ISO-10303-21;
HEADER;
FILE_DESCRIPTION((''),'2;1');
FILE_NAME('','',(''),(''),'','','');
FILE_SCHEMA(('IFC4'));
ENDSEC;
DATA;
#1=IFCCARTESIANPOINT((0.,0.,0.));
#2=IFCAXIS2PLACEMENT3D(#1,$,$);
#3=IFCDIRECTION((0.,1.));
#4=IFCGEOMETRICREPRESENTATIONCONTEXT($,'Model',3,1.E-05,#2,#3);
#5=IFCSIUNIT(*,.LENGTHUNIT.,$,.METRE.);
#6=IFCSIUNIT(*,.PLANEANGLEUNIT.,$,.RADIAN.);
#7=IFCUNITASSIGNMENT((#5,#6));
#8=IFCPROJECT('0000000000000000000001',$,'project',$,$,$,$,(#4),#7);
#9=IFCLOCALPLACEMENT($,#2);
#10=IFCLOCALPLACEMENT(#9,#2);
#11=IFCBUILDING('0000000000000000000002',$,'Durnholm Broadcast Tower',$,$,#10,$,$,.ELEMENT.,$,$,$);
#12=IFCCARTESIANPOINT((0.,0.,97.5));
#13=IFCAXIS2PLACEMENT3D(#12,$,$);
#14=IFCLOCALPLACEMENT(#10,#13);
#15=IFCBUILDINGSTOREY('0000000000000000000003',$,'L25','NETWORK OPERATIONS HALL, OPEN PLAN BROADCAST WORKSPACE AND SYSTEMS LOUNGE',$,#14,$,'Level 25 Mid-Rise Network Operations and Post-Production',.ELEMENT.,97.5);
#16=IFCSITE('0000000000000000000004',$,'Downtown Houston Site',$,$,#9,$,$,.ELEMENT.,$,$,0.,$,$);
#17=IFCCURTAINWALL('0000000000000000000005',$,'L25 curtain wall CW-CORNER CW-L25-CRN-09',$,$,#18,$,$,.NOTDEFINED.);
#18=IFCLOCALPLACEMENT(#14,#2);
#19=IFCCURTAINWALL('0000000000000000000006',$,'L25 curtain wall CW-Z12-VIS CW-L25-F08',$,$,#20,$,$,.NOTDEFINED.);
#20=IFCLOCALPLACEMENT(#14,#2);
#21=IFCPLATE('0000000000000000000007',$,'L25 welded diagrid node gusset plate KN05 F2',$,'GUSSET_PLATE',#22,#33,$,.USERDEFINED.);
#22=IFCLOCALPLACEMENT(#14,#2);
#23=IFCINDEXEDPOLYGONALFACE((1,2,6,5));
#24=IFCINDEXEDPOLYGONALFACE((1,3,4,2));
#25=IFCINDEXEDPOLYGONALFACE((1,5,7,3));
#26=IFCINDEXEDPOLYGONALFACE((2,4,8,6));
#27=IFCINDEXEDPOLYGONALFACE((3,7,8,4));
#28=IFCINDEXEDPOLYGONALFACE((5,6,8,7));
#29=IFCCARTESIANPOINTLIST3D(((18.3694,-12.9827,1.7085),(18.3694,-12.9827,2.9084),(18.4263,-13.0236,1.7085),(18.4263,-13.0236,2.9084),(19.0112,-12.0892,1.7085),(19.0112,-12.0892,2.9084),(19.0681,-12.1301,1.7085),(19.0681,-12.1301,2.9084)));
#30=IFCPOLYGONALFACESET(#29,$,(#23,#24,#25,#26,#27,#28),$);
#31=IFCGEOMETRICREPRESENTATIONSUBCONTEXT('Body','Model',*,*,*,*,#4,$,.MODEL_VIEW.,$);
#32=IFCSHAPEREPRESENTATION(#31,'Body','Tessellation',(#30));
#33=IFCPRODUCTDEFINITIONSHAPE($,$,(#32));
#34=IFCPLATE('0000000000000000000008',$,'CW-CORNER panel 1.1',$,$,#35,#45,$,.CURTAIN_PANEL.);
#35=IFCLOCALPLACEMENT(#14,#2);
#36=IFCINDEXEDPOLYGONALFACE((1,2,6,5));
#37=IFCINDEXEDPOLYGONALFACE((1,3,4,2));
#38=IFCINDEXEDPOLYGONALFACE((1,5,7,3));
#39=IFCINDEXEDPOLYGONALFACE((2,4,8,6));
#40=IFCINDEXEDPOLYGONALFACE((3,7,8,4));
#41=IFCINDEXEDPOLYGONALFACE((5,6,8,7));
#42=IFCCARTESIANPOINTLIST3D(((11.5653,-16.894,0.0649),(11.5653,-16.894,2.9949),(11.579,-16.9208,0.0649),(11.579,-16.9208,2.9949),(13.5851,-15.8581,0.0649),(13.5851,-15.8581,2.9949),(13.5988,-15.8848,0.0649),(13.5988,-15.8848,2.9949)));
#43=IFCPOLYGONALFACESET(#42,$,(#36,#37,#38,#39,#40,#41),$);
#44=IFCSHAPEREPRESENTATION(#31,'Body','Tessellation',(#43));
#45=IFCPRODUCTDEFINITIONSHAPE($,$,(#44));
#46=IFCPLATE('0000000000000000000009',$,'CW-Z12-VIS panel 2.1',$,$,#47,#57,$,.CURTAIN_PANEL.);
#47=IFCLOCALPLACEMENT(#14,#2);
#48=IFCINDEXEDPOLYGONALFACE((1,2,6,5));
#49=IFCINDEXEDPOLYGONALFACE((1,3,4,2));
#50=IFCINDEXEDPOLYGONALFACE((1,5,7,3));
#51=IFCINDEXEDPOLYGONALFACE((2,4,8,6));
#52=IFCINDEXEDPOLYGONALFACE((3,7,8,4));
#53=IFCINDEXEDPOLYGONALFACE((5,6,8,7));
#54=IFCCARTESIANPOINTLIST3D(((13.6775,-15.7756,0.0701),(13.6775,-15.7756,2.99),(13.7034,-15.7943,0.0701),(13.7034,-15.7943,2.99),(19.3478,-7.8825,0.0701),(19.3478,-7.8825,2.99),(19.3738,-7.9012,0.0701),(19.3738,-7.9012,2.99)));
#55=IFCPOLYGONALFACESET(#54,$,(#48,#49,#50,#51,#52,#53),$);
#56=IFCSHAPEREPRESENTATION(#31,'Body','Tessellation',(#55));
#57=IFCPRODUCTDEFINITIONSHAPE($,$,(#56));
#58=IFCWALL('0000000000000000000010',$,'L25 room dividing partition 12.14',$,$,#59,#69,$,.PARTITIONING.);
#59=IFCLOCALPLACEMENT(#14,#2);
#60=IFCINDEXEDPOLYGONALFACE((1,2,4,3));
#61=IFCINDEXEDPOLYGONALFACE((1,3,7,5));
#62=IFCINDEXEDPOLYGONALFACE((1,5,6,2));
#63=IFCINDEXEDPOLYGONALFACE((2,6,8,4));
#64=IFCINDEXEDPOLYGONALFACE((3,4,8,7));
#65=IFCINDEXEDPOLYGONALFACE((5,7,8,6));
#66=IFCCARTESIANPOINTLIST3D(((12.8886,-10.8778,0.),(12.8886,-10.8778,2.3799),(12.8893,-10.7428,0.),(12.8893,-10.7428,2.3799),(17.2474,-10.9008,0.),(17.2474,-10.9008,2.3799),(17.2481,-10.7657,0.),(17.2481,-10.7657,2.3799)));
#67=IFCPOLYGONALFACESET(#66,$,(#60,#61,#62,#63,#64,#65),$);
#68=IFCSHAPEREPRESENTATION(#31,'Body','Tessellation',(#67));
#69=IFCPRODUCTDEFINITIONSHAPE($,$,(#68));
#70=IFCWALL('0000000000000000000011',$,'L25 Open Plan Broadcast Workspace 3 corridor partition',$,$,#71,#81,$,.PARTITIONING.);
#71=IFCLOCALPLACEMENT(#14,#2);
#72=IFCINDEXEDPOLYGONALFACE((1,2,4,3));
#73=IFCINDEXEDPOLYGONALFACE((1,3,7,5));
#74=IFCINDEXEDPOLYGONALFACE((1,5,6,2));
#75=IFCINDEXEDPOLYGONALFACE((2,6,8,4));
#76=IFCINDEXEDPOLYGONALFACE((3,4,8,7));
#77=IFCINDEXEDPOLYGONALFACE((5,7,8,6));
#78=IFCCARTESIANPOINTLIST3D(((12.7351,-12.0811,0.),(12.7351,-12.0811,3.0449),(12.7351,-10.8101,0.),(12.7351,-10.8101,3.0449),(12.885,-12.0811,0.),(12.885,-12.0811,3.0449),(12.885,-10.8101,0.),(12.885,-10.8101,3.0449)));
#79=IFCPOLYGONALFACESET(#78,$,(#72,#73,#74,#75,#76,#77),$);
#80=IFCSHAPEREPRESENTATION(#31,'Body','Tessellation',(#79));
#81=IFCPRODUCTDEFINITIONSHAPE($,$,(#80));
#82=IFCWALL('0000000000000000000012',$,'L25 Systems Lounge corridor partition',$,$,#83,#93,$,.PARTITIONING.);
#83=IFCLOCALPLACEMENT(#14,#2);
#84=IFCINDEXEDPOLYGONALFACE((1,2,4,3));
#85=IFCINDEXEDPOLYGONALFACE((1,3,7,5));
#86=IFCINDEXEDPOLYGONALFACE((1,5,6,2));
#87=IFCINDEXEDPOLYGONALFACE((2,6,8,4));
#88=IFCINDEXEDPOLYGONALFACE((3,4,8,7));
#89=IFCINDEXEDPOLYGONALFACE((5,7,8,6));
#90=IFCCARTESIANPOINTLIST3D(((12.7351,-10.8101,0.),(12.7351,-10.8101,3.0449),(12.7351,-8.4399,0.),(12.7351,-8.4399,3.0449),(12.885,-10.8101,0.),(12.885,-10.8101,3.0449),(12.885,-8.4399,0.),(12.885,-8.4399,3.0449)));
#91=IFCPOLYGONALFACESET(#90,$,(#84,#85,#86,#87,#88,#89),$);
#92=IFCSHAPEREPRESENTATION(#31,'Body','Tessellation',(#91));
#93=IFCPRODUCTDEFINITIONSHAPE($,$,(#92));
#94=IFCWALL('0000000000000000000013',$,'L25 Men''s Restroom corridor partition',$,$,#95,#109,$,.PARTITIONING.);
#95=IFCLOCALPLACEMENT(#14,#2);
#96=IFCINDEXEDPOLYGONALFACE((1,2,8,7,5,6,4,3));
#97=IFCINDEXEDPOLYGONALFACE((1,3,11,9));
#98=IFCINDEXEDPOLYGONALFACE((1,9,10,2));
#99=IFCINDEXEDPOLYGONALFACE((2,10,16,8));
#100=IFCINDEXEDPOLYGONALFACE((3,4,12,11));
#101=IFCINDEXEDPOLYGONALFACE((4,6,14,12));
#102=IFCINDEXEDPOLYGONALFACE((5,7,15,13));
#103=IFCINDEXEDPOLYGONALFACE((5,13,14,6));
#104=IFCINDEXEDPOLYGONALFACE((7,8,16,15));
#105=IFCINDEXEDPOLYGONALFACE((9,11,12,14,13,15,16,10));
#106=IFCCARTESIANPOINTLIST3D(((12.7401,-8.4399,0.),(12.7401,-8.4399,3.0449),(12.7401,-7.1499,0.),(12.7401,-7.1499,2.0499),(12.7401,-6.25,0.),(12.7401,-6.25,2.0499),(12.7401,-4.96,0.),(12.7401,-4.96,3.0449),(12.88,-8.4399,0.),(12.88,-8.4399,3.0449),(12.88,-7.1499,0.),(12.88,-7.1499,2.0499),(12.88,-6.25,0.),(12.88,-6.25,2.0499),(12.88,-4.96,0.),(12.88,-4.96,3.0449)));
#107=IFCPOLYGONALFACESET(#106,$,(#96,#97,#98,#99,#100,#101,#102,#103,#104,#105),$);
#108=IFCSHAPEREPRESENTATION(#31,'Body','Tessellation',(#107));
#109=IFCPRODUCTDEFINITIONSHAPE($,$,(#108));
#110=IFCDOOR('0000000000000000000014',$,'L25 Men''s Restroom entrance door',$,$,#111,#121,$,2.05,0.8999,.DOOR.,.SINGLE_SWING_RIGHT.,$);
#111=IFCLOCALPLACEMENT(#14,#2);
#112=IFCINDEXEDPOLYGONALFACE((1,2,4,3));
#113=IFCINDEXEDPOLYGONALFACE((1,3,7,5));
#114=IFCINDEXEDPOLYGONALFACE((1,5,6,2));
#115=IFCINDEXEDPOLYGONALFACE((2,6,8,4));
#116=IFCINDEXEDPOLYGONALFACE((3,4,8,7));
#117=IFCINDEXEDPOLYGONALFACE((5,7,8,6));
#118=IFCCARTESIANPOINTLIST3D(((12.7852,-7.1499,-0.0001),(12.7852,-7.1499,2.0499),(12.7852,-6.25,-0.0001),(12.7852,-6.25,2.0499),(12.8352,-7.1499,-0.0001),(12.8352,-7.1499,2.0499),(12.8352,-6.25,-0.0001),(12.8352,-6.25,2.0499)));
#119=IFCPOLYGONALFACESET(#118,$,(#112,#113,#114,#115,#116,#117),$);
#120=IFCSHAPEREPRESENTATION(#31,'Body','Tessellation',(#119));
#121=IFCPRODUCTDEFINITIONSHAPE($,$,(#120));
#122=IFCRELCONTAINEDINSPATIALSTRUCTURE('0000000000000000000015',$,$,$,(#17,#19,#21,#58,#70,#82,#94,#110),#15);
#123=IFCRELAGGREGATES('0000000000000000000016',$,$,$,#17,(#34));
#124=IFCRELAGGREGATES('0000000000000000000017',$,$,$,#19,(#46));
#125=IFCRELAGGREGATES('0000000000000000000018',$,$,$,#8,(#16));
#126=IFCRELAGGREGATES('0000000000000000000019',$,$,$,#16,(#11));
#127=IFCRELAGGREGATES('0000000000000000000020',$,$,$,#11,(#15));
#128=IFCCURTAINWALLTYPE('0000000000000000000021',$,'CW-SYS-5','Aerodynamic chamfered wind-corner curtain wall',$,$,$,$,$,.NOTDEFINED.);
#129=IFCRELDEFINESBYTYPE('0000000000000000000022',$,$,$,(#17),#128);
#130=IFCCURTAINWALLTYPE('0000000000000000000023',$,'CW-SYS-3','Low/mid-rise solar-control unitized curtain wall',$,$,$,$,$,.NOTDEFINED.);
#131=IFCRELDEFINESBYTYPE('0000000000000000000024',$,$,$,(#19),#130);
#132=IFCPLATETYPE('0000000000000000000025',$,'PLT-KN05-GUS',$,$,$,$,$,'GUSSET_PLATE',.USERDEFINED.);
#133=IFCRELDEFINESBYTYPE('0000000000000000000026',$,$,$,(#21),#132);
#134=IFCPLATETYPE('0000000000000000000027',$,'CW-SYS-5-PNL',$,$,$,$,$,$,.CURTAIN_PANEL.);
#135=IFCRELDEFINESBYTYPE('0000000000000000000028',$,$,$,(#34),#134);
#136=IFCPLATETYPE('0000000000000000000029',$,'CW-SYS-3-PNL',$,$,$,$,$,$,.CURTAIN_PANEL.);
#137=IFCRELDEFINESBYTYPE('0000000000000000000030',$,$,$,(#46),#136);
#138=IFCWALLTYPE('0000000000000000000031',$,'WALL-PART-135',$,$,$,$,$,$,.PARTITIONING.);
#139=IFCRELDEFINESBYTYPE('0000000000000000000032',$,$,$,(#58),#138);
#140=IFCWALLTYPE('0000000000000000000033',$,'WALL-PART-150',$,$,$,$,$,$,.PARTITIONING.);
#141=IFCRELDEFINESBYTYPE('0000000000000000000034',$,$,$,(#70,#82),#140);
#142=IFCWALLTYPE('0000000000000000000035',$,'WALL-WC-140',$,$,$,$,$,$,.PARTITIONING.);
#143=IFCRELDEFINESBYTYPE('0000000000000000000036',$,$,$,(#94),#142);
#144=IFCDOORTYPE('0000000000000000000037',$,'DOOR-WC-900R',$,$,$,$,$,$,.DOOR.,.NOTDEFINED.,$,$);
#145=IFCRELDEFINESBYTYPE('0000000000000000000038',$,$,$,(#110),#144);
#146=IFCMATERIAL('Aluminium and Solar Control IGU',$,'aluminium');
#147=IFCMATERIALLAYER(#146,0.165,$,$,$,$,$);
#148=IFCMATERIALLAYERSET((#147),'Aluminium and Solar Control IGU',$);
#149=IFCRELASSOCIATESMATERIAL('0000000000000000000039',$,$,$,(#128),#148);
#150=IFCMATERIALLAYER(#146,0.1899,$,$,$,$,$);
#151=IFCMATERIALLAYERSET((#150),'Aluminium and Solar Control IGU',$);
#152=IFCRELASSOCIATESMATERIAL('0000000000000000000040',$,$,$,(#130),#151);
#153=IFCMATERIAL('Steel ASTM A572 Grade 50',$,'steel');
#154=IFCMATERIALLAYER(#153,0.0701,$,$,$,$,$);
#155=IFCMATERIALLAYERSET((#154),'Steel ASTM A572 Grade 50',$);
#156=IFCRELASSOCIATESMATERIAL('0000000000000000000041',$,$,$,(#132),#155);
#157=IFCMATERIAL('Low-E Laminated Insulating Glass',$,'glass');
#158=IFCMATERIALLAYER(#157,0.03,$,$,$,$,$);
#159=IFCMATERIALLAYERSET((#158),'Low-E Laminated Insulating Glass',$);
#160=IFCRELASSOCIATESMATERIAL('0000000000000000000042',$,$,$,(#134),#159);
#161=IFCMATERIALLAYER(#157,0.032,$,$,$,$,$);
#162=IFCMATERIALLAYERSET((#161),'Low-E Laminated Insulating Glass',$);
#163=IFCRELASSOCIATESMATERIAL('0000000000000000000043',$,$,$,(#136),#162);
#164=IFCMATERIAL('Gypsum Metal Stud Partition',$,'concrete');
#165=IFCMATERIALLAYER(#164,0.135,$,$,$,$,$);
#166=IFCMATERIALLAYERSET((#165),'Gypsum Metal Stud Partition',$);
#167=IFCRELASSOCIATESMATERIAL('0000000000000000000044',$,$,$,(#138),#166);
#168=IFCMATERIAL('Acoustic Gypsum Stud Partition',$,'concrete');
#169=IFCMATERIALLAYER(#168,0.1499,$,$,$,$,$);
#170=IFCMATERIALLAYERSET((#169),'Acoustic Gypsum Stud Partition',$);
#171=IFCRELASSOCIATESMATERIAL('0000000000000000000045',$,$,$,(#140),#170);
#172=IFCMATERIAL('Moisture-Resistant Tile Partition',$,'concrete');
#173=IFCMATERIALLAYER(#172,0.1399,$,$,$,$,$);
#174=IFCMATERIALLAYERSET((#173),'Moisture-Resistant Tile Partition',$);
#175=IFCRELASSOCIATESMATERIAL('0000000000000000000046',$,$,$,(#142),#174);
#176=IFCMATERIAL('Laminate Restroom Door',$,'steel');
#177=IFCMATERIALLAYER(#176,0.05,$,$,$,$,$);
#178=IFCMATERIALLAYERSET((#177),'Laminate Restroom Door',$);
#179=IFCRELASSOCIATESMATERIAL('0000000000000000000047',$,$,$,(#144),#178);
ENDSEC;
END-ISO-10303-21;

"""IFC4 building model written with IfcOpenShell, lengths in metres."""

from ifc_helpers import new_model, si_unit, direction, frame, frame_2d, origin, origin_2d, place, context, subcontext, project, spatial, rectangle, extrude, source, transform, mapped, material, layer, layer_set, type_object, type_shapes, element, fill, aggregate, save


model = new_model("IFC4")

# Units and contexts
model_context = context("Model", 3, precision=1e-05, world=origin(), true_north=direction((0.0, 1.0)))
body_context = subcontext(model_context, "Body", "Model", "MODEL_VIEW")
ifc_project = project(units=[si_unit("LENGTHUNIT", "METRE"), si_unit("PLANEANGLEUNIT", "RADIAN")], contexts=[model_context])

# Site, building, storey
site_placement = place(None, origin())
site = spatial("IfcSite", under=ifc_project, at=site_placement, Name="Downtown Houston Site", CompositionType="ELEMENT", RefElevation=0.0)
building_placement = place(site_placement, origin())
building = spatial("IfcBuilding", under=site, at=building_placement, Name="Durnholm Broadcast Tower", CompositionType="ELEMENT")
storey_placement = place(building_placement, frame((0.0, 0.0, 97.5)))
storey = spatial("IfcBuildingStorey", under=building, at=storey_placement, Name="L25", Description="NETWORK OPERATIONS HALL, OPEN PLAN BROADCAST WORKSPACE AND SYSTEMS LOUNGE", LongName="Level 25 Mid-Rise Network Operations and Post-Production", CompositionType="ELEMENT", Elevation=97.5)

# Curtain walls
ifc_material_1 = material(Name="Aluminium and Solar Control IGU", Category="aluminium")
ifc_layer_1 = layer(ifc_material_1, 0.165)
ifc_layer_set_1 = layer_set([ifc_layer_1], Name="Aluminium and Solar Control IGU")
curtain_wall_type_1 = type_object("IfcCurtainWallType", Name="CW-SYS-5", Description="Aerodynamic chamfered wind-corner curtain wall", PredefinedType="NOTDEFINED", material=ifc_layer_set_1)
curtain_wall_1_placement = place(storey_placement, origin())
curtain_wall_1 = element("IfcCurtainWall", 1, at=curtain_wall_1_placement, inside=storey, type_object=curtain_wall_type_1, Name="L25 curtain wall CW-CORNER CW-L25-CRN-09", PredefinedType="NOTDEFINED")
ifc_layer_2 = layer(ifc_material_1, 0.1899)
ifc_layer_set_2 = layer_set([ifc_layer_2], Name="Aluminium and Solar Control IGU")
curtain_wall_type_2 = type_object("IfcCurtainWallType", Name="CW-SYS-3", Description="Low/mid-rise solar-control unitized curtain wall", PredefinedType="NOTDEFINED", material=ifc_layer_set_2)
curtain_wall_2_placement = place(storey_placement, origin())
curtain_wall_2 = element("IfcCurtainWall", 2, at=curtain_wall_2_placement, inside=storey, type_object=curtain_wall_type_2, Name="L25 curtain wall CW-Z12-VIS CW-L25-F08", PredefinedType="NOTDEFINED")

# Plate
ifc_material_2 = material(Name="Steel ASTM A572 Grade 50", Category="steel")
ifc_layer_3 = layer(ifc_material_2, 0.0701)
ifc_layer_set_3 = layer_set([ifc_layer_3], Name="Steel ASTM A572 Grade 50")
plate_type_1 = type_object("IfcPlateType", Name="PLT-KN05-GUS", ElementType="GUSSET_PLATE", PredefinedType="USERDEFINED", material=ifc_layer_set_3)
shared_shape_1 = source(origin(), body_context, "Body", "SweptSolid", [
    extrude(rectangle(XDim=1.1001, YDim=0.0701, at=origin_2d()), origin(), (0.0, 0.0, 1.0), 1.2),
])
type_shapes(plate_type_1, [shared_shape_1])
plate_1_placement = place(storey_placement, frame((18.7188, -12.5564, 1.7085), z_axis=(0.0, 0.0, 1.0), x_axis=(0.583399, 0.812185, 0.0)))
element("IfcPlate", 3, at=plate_1_placement, inside=storey, type_object=plate_type_1, Name="L25 welded diagrid node gusset plate KN05 F2", ObjectType="GUSSET_PLATE", PredefinedType="USERDEFINED", context=body_context, shape_type="MappedRepresentation", body=[
    mapped(shared_shape_1, transform((0.0, 0.0, 0.0), x_axis=(1.0, 0.0, 0.0), y_axis=(0.0, 1.0, 0.0), z_axis=(0.0, 0.0, 1.0), scale=1.0)),
])

# Plates
ifc_material_3 = material(Name="Low-E Laminated Insulating Glass", Category="glass")
ifc_layer_4 = layer(ifc_material_3, 0.03)
ifc_layer_set_4 = layer_set([ifc_layer_4], Name="Low-E Laminated Insulating Glass")
plate_type_2 = type_object("IfcPlateType", Name="CW-SYS-5-PNL", PredefinedType="CURTAIN_PANEL", material=ifc_layer_set_4)
shared_shape_2 = source(origin(), body_context, "Body", "SweptSolid", [
    extrude(rectangle(XDim=2.27, YDim=0.03, at=origin_2d()), origin(), (0.0, 0.0, 1.0), 2.9299),
])
type_shapes(plate_type_2, [shared_shape_2])
plate_2_placement = place(storey_placement, frame((12.582, -16.3894, 0.0649), z_axis=(0.0, 0.0, 1.0), x_axis=(-0.889788, -0.456373, 0.0)))
plate_2 = element("IfcPlate", 4, at=plate_2_placement, type_object=plate_type_2, Name="CW-CORNER panel 1.1", PredefinedType="CURTAIN_PANEL", context=body_context, shape_type="MappedRepresentation", body=[
    mapped(shared_shape_2, transform((0.0, 0.0, 0.0), x_axis=(1.0, 0.0, 0.0), y_axis=(0.0, 1.0, 0.0), z_axis=(0.0, 0.0, 1.0), scale=1.0)),
])
aggregate(curtain_wall_1, [plate_2])
ifc_layer_5 = layer(ifc_material_3, 0.032)
ifc_layer_set_5 = layer_set([ifc_layer_5], Name="Low-E Laminated Insulating Glass")
plate_type_3 = type_object("IfcPlateType", Name="CW-SYS-3-PNL", PredefinedType="CURTAIN_PANEL", material=ifc_layer_set_5)
shared_shape_3 = source(origin(), body_context, "Body", "SweptSolid", [
    extrude(rectangle(XDim=9.7188, YDim=0.032, at=origin_2d()), origin(), (0.0, 0.0, 1.0), 2.9199),
])
type_shapes(plate_type_3, [shared_shape_3])
plate_3_placement = place(storey_placement, frame((16.5256, -11.8384, 0.0701), z_axis=(0.0, 0.0, 1.0), x_axis=(-0.583445, -0.812152, 0.0)))
plate_3 = element("IfcPlate", 5, at=plate_3_placement, type_object=plate_type_3, Name="CW-Z12-VIS panel 2.1", PredefinedType="CURTAIN_PANEL", context=body_context, shape_type="MappedRepresentation", body=[
    mapped(shared_shape_3, transform((0.0, 0.0, 0.0), x_axis=(1.0, 0.0, 0.0), y_axis=(0.0, 1.0, 0.0), z_axis=(0.0, 0.0, 1.0), scale=1.0)),
])
aggregate(curtain_wall_2, [plate_3])

# Walls
ifc_material_4 = material(Name="Gypsum Metal Stud Partition", Category="concrete")
ifc_layer_6 = layer(ifc_material_4, 0.135)
ifc_layer_set_6 = layer_set([ifc_layer_6], Name="Gypsum Metal Stud Partition")
wall_type_1 = type_object("IfcWallType", Name="WALL-PART-135", PredefinedType="PARTITIONING", material=ifc_layer_set_6)
wall_1_placement = place(storey_placement, frame((12.8889, -10.8103, 0.0), z_axis=(0.0, 0.0, 1.0), x_axis=(0.999986, -0.005265, 0.0)))
element("IfcWall", 6, at=wall_1_placement, inside=storey, type_object=wall_type_1, Name="L25 room dividing partition 12.14", PredefinedType="PARTITIONING", context=body_context, shape_type="SweptSolid", body=[
    extrude(rectangle(XDim=4.3589, YDim=0.135, at=frame_2d((2.1794, 0.0))), origin(), (0.0, 0.0, 1.0), 2.3799),
])
ifc_material_5 = material(Name="Acoustic Gypsum Stud Partition", Category="concrete")
ifc_layer_7 = layer(ifc_material_5, 0.1499)
ifc_layer_set_7 = layer_set([ifc_layer_7], Name="Acoustic Gypsum Stud Partition")
wall_type_2 = type_object("IfcWallType", Name="WALL-PART-150", PredefinedType="PARTITIONING", material=ifc_layer_set_7)
wall_2_placement = place(storey_placement, frame((12.8101, -12.0811, 0.0), z_axis=(0.0, 0.0, 1.0), x_axis=(0.0, 1.0, 0.0)))
element("IfcWall", 7, at=wall_2_placement, inside=storey, type_object=wall_type_2, Name="L25 Open Plan Broadcast Workspace 3 corridor partition", PredefinedType="PARTITIONING", context=body_context, shape_type="SweptSolid", body=[
    extrude(rectangle(XDim=1.271, YDim=0.1499, at=frame_2d((0.6355, 0.0))), origin(), (0.0, 0.0, 1.0), 3.0449),
])
wall_3_placement = place(storey_placement, frame((12.8101, -10.8101, 0.0), z_axis=(0.0, 0.0, 1.0), x_axis=(0.0, 1.0, 0.0)))
element("IfcWall", 8, at=wall_3_placement, inside=storey, type_object=wall_type_2, Name="L25 Systems Lounge corridor partition", PredefinedType="PARTITIONING", context=body_context, shape_type="SweptSolid", body=[
    extrude(rectangle(XDim=2.3701, YDim=0.1499, at=frame_2d((1.1851, 0.0))), origin(), (0.0, 0.0, 1.0), 3.0449),
])

# Wall, opening, door
ifc_material_6 = material(Name="Moisture-Resistant Tile Partition", Category="concrete")
ifc_layer_8 = layer(ifc_material_6, 0.1399)
ifc_layer_set_8 = layer_set([ifc_layer_8], Name="Moisture-Resistant Tile Partition")
wall_type_3 = type_object("IfcWallType", Name="WALL-WC-140", PredefinedType="PARTITIONING", material=ifc_layer_set_8)
wall_4_placement = place(storey_placement, frame((12.8101, -8.4399, 0.0), z_axis=(0.0, 0.0, 1.0), x_axis=(0.0, 1.0, 0.0)))
wall_4 = element("IfcWall", 9, at=wall_4_placement, inside=storey, type_object=wall_type_3, Name="L25 Men's Restroom corridor partition", PredefinedType="PARTITIONING", context=body_context, shape_type="SweptSolid", body=[
    extrude(rectangle(XDim=3.48, YDim=0.1399, at=frame_2d((1.74, 0.0))), origin(), (0.0, 0.0, 1.0), 3.0449),
])
opening_placement = place(wall_4_placement, frame((1.29, 0.0, 0.0)))
opening = element("IfcOpeningElement", 10, at=opening_placement, cuts=wall_4, PredefinedType="OPENING", context=body_context, shape_type="SweptSolid", body=[
    extrude(rectangle(XDim=0.8999, YDim=2.05, at=frame_2d((0.45, 1.0249))), frame((0.0, 0.0801, 0.0), z_axis=(0.0, -1.0, 0.0), x_axis=(1.0, 0.0, 0.0)), (0.0, 0.0, 1.0), 0.1599),
])
ifc_material_7 = material(Name="Laminate Restroom Door", Category="steel")
ifc_layer_9 = layer(ifc_material_7, 0.05)
ifc_layer_set_9 = layer_set([ifc_layer_9], Name="Laminate Restroom Door")
door_type = type_object("IfcDoorType", Name="DOOR-WC-900R", OperationType="NOTDEFINED", PredefinedType="DOOR", material=ifc_layer_set_9)
shared_shape_4 = source(origin(), body_context, "Body", "SweptSolid", [
    extrude(rectangle(XDim=0.8999, YDim=2.05, at=frame_2d((0.45, 1.0249))), frame((0.0, 0.0249, 0.0), z_axis=(0.0, -1.0, 0.0), x_axis=(1.0, 0.0, 0.0)), (0.0, 0.0, 1.0), 0.05),
])
type_shapes(door_type, [shared_shape_4])
door_placement = place(opening_placement, origin())
door = element("IfcDoor", 11, at=door_placement, inside=storey, type_object=door_type, Name="L25 Men's Restroom entrance door", OperationType="SINGLE_SWING_RIGHT", OverallHeight=2.05, OverallWidth=0.8999, PredefinedType="DOOR", context=body_context, shape_type="MappedRepresentation", body=[
    mapped(shared_shape_4, transform((0.0, 0.0, 0.0), x_axis=(1.0, 0.0, 0.0), y_axis=(0.0, 1.0, 0.0), z_axis=(0.0, 0.0, 1.0), scale=1.0)),
])
fill(opening, door)

save(model, "model.ifc")
